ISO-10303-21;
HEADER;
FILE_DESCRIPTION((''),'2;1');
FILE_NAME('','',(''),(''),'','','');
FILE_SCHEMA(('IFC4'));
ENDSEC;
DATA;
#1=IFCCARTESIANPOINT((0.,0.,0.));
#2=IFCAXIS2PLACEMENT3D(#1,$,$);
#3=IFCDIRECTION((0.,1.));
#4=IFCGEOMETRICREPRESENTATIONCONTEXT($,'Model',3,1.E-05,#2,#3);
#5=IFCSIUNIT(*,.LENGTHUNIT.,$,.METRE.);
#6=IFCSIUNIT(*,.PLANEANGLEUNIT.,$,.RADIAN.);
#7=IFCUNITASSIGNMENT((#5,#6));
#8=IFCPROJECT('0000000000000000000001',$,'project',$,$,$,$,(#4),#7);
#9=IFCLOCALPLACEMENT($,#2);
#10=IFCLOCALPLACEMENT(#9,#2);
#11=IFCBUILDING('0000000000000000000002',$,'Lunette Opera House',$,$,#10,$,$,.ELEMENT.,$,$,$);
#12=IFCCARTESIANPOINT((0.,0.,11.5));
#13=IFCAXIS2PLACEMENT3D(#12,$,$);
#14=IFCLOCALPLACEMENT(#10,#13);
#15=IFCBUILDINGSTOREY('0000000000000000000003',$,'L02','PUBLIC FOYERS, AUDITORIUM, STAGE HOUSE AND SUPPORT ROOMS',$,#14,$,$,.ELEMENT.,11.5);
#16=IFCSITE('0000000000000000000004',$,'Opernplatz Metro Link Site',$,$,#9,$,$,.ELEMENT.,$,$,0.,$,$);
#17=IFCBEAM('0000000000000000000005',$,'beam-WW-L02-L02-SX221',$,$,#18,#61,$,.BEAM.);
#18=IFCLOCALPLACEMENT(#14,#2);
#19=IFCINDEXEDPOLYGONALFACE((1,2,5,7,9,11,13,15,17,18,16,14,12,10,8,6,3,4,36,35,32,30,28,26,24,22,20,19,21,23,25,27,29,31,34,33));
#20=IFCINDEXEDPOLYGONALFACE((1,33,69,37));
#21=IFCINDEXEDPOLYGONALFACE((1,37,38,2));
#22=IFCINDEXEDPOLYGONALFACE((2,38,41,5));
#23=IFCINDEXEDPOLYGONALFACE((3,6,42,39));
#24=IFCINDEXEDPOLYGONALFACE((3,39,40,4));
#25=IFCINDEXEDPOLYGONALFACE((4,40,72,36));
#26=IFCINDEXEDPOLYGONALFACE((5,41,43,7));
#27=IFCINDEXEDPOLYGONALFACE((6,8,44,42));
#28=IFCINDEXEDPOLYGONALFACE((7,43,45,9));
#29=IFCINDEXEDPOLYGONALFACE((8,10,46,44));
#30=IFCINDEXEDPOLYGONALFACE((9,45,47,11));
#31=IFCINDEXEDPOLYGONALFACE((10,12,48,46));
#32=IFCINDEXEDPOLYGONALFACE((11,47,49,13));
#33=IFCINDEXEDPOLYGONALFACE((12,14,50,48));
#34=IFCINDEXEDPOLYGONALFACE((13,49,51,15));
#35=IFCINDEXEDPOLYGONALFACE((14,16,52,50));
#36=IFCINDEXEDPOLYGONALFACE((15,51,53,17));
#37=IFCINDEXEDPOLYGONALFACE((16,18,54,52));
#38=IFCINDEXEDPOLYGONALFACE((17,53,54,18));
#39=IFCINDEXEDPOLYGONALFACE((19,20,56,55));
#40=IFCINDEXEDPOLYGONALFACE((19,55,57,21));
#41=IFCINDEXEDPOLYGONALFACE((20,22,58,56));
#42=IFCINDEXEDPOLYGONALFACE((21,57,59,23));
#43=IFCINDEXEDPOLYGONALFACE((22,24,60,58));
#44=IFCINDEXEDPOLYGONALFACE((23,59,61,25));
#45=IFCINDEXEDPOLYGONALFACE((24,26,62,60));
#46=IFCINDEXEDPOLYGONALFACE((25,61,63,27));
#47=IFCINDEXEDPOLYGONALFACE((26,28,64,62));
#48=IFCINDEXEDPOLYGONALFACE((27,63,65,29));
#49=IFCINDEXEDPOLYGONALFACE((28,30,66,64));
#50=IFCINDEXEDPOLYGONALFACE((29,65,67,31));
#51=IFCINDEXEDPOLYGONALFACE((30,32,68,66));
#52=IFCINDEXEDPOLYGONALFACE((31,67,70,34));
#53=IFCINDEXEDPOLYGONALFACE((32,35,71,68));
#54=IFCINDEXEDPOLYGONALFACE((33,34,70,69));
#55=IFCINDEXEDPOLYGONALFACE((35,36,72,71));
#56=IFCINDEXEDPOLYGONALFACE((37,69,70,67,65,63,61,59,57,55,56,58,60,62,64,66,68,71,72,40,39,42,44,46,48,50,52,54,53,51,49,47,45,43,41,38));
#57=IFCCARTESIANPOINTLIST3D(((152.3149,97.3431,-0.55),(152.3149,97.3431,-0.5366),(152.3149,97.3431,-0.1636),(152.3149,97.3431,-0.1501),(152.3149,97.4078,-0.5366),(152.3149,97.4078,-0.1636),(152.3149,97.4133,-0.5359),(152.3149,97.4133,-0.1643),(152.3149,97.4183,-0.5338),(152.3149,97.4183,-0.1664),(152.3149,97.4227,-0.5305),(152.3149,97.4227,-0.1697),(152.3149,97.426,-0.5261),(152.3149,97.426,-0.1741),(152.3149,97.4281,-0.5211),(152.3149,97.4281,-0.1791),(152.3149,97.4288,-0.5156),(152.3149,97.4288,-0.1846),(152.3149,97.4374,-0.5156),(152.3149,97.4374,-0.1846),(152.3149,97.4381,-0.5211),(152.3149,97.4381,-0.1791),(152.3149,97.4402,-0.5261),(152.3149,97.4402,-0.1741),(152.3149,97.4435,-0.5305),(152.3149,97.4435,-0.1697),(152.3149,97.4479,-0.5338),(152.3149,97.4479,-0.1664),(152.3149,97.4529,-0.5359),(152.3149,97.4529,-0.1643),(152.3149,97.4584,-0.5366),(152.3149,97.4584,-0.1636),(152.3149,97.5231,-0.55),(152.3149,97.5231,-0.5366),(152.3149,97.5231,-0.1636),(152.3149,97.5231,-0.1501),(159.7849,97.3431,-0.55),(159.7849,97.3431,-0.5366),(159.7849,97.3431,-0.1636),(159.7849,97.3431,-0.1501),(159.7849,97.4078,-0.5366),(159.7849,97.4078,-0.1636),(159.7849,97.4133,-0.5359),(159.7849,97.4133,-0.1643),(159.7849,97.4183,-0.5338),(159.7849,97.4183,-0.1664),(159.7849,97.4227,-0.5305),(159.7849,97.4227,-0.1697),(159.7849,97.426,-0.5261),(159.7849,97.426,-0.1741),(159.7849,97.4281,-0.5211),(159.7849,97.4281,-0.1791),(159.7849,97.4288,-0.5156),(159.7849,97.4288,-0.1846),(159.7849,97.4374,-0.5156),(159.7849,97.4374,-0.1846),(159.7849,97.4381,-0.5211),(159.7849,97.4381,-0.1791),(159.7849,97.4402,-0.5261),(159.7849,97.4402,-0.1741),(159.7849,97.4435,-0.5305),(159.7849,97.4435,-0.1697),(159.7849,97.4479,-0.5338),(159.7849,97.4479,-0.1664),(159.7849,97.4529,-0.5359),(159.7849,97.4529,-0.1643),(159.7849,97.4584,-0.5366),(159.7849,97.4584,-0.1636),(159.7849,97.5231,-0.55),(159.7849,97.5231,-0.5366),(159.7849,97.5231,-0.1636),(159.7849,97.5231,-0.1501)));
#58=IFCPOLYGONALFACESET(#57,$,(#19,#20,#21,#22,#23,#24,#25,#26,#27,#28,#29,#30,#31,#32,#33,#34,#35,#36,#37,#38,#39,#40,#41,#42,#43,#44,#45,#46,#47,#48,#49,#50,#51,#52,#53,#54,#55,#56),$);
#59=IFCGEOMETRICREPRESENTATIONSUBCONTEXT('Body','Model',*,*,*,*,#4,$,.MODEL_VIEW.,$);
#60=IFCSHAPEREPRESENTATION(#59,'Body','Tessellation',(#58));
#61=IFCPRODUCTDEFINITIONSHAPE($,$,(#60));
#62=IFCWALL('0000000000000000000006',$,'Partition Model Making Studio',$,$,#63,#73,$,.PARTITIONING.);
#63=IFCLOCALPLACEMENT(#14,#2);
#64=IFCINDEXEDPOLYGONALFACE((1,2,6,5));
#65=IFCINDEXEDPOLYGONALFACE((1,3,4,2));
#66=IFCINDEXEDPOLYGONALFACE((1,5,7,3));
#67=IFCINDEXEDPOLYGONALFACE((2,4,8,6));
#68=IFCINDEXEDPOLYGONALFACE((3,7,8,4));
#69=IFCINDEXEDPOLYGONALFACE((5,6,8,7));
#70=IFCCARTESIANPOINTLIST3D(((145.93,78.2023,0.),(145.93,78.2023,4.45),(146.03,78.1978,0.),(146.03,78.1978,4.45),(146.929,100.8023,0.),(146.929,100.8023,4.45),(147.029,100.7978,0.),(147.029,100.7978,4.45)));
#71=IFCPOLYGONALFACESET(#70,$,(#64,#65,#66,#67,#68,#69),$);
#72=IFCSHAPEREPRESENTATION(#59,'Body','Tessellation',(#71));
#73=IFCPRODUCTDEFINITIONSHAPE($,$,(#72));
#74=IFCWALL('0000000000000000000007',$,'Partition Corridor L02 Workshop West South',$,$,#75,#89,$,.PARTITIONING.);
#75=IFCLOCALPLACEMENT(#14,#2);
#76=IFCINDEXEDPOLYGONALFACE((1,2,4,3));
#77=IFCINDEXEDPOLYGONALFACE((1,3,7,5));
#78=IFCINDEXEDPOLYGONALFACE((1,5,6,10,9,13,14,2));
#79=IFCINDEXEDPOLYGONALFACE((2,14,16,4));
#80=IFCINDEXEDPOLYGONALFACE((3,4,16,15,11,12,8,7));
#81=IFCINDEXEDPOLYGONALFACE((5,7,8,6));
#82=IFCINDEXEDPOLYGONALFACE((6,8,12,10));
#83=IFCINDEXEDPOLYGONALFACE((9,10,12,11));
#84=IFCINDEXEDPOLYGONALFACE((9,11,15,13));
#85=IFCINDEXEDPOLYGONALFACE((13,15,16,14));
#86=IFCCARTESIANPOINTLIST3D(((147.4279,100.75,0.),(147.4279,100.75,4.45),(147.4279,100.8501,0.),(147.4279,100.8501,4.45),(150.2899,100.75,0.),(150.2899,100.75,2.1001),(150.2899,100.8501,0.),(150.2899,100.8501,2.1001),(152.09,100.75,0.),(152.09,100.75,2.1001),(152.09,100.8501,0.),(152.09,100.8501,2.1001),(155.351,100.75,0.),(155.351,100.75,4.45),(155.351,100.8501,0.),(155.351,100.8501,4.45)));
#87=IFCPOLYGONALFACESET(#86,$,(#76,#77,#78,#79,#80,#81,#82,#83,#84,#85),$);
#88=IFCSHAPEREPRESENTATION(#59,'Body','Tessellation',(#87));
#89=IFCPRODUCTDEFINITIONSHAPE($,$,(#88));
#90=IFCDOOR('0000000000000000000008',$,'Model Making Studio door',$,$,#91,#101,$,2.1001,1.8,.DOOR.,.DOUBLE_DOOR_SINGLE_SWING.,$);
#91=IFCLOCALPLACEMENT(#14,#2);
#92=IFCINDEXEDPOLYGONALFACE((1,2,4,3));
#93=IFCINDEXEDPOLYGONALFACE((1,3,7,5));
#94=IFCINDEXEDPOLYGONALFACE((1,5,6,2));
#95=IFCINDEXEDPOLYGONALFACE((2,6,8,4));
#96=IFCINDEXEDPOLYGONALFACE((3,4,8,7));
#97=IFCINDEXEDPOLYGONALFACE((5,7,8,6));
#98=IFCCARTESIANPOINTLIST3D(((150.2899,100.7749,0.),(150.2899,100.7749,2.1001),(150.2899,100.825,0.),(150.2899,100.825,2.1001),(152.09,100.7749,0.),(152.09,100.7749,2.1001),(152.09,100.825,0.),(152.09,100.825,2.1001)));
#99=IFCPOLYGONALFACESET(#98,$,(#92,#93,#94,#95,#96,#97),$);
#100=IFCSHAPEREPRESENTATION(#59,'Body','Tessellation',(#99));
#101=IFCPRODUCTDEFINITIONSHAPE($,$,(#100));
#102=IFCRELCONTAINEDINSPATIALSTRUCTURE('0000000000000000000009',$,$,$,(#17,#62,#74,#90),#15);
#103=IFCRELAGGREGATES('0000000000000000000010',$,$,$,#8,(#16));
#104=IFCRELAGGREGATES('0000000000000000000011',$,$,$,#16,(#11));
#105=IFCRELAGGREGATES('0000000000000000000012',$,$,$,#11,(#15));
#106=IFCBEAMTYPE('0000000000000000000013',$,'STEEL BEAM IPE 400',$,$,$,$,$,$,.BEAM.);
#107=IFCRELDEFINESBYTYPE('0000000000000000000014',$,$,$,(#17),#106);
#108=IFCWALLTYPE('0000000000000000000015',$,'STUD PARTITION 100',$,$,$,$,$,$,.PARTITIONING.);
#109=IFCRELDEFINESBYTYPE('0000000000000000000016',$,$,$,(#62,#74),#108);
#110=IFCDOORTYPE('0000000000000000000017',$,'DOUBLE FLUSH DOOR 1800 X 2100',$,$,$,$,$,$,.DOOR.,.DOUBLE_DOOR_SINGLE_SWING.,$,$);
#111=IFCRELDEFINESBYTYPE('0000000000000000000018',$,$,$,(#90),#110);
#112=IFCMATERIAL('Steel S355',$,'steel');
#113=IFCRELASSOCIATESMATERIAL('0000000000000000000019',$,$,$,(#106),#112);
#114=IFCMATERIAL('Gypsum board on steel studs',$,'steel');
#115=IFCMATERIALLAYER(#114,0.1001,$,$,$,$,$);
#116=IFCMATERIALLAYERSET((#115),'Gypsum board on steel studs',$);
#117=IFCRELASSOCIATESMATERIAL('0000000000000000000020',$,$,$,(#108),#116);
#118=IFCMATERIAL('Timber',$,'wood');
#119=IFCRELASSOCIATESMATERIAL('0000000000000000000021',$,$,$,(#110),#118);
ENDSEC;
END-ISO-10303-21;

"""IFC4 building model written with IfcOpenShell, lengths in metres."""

from ifc_helpers import new_model, si_unit, direction, frame, frame_2d, origin, origin_2d, place, context, subcontext, project, spatial, rectangle, i_section, extrude, material, layer, layer_set, material_profile, profile_set, type_object, element, fill, save


model = new_model("IFC4")

# Units and contexts
model_context = context("Model", 3, precision=1e-05, world=origin(), true_north=direction((0.0, 1.0)))
body_context = subcontext(model_context, "Body", "Model", "MODEL_VIEW")
ifc_project = project(units=[si_unit("LENGTHUNIT", "METRE"), si_unit("PLANEANGLEUNIT", "RADIAN")], contexts=[model_context])

# Site, building, storey
site_placement = place(None, origin())
site = spatial("IfcSite", under=ifc_project, at=site_placement, Name="Opernplatz Metro Link Site", CompositionType="ELEMENT", RefElevation=0.0)
building_placement = place(site_placement, origin())
building = spatial("IfcBuilding", under=site, at=building_placement, Name="Lunette Opera House", CompositionType="ELEMENT")
storey_placement = place(building_placement, frame((0.0, 0.0, 11.5)))
storey = spatial("IfcBuildingStorey", under=building, at=storey_placement, Name="L02", Description="PUBLIC FOYERS, AUDITORIUM, STAGE HOUSE AND SUPPORT ROOMS", CompositionType="ELEMENT", Elevation=11.5)

# Beam
ifc_material_1 = material(Name="Steel S355", Category="steel")
ifc_material_profile_1 = material_profile(ifc_material_1, i_section(OverallWidth=0.1799, OverallDepth=0.3999, WebThickness=0.0085, FlangeThickness=0.0134, FilletRadius=0.021, at=origin_2d()), Name="IPE 400")
ifc_profile_set_1 = profile_set([ifc_material_profile_1], Name="Steel S355")
beam_type_1 = type_object("IfcBeamType", Name="STEEL BEAM IPE 400", PredefinedType="BEAM", material=ifc_profile_set_1)
for number, where, z_axis, x_axis, name in (
    (1, (152.3149, 97.4331, -0.3501), (1.0, 0.0, 0.0), (0.0, 1.0, 0.0), "beam-WW-L02-L02-SX221"),
):
    element("IfcBeam", number, at=place(storey_placement, frame(where, z_axis=z_axis, x_axis=x_axis)), inside=storey, type_object=beam_type_1, Name=name, PredefinedType="BEAM", context=body_context, shape_type="SweptSolid", body=[
        extrude(i_section(OverallWidth=0.1799, OverallDepth=0.3999, WebThickness=0.0085, FlangeThickness=0.0134, FilletRadius=0.021, at=origin_2d()), origin(), (0.0, 0.0, 1.0), 7.47),
    ])

# Wall
ifc_material_2 = material(Name="Gypsum board on steel studs", Category="steel")
ifc_layer = layer(ifc_material_2, 0.1001)
ifc_layer_set = layer_set([ifc_layer], Name="Gypsum board on steel studs")
wall_type = type_object("IfcWallType", Name="STUD PARTITION 100", PredefinedType="PARTITIONING", material=ifc_layer_set)
wall_1_placement = place(storey_placement, frame((146.979, 100.8, 0.0), z_axis=(0.0, 0.0, 1.0), x_axis=(-0.044161, -0.999024, 0.0)))
element("IfcWall", 2, at=wall_1_placement, inside=storey, type_object=wall_type, Name="Partition Model Making Studio", PredefinedType="PARTITIONING", context=body_context, shape_type="SweptSolid", body=[
    extrude(rectangle(XDim=22.6221, YDim=0.1001, at=frame_2d((11.311, 0.0))), origin(), (0.0, 0.0, 1.0), 4.45),
])

# Wall, opening, door
wall_2_placement = place(storey_placement, frame((147.428, 100.8, 0.0), z_axis=(0.0, 0.0, 1.0), x_axis=(1.0, 0.0, 0.0)))
wall_2 = element("IfcWall", 3, at=wall_2_placement, inside=storey, type_object=wall_type, Name="Partition Corridor L02 Workshop West South", PredefinedType="PARTITIONING", context=body_context, shape_type="SweptSolid", body=[
    extrude(rectangle(XDim=7.9231, YDim=0.1001, at=frame_2d((3.9614, 0.0))), origin(), (0.0, 0.0, 1.0), 4.45),
])
opening_placement = place(wall_2_placement, frame((2.8621, 0.0, 0.0)))
opening = element("IfcOpeningElement", 4, at=opening_placement, cuts=wall_2, PredefinedType="OPENING", context=body_context, shape_type="SweptSolid", body=[
    extrude(rectangle(XDim=1.8, YDim=2.1001, at=frame_2d((0.8999, 1.05))), frame((0.0, 0.062, 0.0), z_axis=(0.0, -1.0, 0.0), x_axis=(1.0, 0.0, 0.0)), (0.0, 0.0, 1.0), 0.124),
])
ifc_material_3 = material(Name="Timber", Category="wood")
door_type = type_object("IfcDoorType", Name="DOUBLE FLUSH DOOR 1800 X 2100", OperationType="DOUBLE_DOOR_SINGLE_SWING", PredefinedType="DOOR", material=ifc_material_3)
door_placement = place(opening_placement, origin())
door = element("IfcDoor", 5, at=door_placement, inside=storey, type_object=door_type, Name="Model Making Studio door", OperationType="DOUBLE_DOOR_SINGLE_SWING", OverallHeight=2.1001, OverallWidth=1.8, PredefinedType="DOOR", context=body_context, shape_type="SweptSolid", body=[
    extrude(rectangle(XDim=1.8, YDim=2.1001, at=frame_2d((0.8999, 1.05))), frame((0.0, 0.0249, 0.0), z_axis=(0.0, -1.0, 0.0), x_axis=(1.0, 0.0, 0.0)), (0.0, 0.0, 1.0), 0.05),
])
fill(opening, door)

save(model, "model.ifc")
